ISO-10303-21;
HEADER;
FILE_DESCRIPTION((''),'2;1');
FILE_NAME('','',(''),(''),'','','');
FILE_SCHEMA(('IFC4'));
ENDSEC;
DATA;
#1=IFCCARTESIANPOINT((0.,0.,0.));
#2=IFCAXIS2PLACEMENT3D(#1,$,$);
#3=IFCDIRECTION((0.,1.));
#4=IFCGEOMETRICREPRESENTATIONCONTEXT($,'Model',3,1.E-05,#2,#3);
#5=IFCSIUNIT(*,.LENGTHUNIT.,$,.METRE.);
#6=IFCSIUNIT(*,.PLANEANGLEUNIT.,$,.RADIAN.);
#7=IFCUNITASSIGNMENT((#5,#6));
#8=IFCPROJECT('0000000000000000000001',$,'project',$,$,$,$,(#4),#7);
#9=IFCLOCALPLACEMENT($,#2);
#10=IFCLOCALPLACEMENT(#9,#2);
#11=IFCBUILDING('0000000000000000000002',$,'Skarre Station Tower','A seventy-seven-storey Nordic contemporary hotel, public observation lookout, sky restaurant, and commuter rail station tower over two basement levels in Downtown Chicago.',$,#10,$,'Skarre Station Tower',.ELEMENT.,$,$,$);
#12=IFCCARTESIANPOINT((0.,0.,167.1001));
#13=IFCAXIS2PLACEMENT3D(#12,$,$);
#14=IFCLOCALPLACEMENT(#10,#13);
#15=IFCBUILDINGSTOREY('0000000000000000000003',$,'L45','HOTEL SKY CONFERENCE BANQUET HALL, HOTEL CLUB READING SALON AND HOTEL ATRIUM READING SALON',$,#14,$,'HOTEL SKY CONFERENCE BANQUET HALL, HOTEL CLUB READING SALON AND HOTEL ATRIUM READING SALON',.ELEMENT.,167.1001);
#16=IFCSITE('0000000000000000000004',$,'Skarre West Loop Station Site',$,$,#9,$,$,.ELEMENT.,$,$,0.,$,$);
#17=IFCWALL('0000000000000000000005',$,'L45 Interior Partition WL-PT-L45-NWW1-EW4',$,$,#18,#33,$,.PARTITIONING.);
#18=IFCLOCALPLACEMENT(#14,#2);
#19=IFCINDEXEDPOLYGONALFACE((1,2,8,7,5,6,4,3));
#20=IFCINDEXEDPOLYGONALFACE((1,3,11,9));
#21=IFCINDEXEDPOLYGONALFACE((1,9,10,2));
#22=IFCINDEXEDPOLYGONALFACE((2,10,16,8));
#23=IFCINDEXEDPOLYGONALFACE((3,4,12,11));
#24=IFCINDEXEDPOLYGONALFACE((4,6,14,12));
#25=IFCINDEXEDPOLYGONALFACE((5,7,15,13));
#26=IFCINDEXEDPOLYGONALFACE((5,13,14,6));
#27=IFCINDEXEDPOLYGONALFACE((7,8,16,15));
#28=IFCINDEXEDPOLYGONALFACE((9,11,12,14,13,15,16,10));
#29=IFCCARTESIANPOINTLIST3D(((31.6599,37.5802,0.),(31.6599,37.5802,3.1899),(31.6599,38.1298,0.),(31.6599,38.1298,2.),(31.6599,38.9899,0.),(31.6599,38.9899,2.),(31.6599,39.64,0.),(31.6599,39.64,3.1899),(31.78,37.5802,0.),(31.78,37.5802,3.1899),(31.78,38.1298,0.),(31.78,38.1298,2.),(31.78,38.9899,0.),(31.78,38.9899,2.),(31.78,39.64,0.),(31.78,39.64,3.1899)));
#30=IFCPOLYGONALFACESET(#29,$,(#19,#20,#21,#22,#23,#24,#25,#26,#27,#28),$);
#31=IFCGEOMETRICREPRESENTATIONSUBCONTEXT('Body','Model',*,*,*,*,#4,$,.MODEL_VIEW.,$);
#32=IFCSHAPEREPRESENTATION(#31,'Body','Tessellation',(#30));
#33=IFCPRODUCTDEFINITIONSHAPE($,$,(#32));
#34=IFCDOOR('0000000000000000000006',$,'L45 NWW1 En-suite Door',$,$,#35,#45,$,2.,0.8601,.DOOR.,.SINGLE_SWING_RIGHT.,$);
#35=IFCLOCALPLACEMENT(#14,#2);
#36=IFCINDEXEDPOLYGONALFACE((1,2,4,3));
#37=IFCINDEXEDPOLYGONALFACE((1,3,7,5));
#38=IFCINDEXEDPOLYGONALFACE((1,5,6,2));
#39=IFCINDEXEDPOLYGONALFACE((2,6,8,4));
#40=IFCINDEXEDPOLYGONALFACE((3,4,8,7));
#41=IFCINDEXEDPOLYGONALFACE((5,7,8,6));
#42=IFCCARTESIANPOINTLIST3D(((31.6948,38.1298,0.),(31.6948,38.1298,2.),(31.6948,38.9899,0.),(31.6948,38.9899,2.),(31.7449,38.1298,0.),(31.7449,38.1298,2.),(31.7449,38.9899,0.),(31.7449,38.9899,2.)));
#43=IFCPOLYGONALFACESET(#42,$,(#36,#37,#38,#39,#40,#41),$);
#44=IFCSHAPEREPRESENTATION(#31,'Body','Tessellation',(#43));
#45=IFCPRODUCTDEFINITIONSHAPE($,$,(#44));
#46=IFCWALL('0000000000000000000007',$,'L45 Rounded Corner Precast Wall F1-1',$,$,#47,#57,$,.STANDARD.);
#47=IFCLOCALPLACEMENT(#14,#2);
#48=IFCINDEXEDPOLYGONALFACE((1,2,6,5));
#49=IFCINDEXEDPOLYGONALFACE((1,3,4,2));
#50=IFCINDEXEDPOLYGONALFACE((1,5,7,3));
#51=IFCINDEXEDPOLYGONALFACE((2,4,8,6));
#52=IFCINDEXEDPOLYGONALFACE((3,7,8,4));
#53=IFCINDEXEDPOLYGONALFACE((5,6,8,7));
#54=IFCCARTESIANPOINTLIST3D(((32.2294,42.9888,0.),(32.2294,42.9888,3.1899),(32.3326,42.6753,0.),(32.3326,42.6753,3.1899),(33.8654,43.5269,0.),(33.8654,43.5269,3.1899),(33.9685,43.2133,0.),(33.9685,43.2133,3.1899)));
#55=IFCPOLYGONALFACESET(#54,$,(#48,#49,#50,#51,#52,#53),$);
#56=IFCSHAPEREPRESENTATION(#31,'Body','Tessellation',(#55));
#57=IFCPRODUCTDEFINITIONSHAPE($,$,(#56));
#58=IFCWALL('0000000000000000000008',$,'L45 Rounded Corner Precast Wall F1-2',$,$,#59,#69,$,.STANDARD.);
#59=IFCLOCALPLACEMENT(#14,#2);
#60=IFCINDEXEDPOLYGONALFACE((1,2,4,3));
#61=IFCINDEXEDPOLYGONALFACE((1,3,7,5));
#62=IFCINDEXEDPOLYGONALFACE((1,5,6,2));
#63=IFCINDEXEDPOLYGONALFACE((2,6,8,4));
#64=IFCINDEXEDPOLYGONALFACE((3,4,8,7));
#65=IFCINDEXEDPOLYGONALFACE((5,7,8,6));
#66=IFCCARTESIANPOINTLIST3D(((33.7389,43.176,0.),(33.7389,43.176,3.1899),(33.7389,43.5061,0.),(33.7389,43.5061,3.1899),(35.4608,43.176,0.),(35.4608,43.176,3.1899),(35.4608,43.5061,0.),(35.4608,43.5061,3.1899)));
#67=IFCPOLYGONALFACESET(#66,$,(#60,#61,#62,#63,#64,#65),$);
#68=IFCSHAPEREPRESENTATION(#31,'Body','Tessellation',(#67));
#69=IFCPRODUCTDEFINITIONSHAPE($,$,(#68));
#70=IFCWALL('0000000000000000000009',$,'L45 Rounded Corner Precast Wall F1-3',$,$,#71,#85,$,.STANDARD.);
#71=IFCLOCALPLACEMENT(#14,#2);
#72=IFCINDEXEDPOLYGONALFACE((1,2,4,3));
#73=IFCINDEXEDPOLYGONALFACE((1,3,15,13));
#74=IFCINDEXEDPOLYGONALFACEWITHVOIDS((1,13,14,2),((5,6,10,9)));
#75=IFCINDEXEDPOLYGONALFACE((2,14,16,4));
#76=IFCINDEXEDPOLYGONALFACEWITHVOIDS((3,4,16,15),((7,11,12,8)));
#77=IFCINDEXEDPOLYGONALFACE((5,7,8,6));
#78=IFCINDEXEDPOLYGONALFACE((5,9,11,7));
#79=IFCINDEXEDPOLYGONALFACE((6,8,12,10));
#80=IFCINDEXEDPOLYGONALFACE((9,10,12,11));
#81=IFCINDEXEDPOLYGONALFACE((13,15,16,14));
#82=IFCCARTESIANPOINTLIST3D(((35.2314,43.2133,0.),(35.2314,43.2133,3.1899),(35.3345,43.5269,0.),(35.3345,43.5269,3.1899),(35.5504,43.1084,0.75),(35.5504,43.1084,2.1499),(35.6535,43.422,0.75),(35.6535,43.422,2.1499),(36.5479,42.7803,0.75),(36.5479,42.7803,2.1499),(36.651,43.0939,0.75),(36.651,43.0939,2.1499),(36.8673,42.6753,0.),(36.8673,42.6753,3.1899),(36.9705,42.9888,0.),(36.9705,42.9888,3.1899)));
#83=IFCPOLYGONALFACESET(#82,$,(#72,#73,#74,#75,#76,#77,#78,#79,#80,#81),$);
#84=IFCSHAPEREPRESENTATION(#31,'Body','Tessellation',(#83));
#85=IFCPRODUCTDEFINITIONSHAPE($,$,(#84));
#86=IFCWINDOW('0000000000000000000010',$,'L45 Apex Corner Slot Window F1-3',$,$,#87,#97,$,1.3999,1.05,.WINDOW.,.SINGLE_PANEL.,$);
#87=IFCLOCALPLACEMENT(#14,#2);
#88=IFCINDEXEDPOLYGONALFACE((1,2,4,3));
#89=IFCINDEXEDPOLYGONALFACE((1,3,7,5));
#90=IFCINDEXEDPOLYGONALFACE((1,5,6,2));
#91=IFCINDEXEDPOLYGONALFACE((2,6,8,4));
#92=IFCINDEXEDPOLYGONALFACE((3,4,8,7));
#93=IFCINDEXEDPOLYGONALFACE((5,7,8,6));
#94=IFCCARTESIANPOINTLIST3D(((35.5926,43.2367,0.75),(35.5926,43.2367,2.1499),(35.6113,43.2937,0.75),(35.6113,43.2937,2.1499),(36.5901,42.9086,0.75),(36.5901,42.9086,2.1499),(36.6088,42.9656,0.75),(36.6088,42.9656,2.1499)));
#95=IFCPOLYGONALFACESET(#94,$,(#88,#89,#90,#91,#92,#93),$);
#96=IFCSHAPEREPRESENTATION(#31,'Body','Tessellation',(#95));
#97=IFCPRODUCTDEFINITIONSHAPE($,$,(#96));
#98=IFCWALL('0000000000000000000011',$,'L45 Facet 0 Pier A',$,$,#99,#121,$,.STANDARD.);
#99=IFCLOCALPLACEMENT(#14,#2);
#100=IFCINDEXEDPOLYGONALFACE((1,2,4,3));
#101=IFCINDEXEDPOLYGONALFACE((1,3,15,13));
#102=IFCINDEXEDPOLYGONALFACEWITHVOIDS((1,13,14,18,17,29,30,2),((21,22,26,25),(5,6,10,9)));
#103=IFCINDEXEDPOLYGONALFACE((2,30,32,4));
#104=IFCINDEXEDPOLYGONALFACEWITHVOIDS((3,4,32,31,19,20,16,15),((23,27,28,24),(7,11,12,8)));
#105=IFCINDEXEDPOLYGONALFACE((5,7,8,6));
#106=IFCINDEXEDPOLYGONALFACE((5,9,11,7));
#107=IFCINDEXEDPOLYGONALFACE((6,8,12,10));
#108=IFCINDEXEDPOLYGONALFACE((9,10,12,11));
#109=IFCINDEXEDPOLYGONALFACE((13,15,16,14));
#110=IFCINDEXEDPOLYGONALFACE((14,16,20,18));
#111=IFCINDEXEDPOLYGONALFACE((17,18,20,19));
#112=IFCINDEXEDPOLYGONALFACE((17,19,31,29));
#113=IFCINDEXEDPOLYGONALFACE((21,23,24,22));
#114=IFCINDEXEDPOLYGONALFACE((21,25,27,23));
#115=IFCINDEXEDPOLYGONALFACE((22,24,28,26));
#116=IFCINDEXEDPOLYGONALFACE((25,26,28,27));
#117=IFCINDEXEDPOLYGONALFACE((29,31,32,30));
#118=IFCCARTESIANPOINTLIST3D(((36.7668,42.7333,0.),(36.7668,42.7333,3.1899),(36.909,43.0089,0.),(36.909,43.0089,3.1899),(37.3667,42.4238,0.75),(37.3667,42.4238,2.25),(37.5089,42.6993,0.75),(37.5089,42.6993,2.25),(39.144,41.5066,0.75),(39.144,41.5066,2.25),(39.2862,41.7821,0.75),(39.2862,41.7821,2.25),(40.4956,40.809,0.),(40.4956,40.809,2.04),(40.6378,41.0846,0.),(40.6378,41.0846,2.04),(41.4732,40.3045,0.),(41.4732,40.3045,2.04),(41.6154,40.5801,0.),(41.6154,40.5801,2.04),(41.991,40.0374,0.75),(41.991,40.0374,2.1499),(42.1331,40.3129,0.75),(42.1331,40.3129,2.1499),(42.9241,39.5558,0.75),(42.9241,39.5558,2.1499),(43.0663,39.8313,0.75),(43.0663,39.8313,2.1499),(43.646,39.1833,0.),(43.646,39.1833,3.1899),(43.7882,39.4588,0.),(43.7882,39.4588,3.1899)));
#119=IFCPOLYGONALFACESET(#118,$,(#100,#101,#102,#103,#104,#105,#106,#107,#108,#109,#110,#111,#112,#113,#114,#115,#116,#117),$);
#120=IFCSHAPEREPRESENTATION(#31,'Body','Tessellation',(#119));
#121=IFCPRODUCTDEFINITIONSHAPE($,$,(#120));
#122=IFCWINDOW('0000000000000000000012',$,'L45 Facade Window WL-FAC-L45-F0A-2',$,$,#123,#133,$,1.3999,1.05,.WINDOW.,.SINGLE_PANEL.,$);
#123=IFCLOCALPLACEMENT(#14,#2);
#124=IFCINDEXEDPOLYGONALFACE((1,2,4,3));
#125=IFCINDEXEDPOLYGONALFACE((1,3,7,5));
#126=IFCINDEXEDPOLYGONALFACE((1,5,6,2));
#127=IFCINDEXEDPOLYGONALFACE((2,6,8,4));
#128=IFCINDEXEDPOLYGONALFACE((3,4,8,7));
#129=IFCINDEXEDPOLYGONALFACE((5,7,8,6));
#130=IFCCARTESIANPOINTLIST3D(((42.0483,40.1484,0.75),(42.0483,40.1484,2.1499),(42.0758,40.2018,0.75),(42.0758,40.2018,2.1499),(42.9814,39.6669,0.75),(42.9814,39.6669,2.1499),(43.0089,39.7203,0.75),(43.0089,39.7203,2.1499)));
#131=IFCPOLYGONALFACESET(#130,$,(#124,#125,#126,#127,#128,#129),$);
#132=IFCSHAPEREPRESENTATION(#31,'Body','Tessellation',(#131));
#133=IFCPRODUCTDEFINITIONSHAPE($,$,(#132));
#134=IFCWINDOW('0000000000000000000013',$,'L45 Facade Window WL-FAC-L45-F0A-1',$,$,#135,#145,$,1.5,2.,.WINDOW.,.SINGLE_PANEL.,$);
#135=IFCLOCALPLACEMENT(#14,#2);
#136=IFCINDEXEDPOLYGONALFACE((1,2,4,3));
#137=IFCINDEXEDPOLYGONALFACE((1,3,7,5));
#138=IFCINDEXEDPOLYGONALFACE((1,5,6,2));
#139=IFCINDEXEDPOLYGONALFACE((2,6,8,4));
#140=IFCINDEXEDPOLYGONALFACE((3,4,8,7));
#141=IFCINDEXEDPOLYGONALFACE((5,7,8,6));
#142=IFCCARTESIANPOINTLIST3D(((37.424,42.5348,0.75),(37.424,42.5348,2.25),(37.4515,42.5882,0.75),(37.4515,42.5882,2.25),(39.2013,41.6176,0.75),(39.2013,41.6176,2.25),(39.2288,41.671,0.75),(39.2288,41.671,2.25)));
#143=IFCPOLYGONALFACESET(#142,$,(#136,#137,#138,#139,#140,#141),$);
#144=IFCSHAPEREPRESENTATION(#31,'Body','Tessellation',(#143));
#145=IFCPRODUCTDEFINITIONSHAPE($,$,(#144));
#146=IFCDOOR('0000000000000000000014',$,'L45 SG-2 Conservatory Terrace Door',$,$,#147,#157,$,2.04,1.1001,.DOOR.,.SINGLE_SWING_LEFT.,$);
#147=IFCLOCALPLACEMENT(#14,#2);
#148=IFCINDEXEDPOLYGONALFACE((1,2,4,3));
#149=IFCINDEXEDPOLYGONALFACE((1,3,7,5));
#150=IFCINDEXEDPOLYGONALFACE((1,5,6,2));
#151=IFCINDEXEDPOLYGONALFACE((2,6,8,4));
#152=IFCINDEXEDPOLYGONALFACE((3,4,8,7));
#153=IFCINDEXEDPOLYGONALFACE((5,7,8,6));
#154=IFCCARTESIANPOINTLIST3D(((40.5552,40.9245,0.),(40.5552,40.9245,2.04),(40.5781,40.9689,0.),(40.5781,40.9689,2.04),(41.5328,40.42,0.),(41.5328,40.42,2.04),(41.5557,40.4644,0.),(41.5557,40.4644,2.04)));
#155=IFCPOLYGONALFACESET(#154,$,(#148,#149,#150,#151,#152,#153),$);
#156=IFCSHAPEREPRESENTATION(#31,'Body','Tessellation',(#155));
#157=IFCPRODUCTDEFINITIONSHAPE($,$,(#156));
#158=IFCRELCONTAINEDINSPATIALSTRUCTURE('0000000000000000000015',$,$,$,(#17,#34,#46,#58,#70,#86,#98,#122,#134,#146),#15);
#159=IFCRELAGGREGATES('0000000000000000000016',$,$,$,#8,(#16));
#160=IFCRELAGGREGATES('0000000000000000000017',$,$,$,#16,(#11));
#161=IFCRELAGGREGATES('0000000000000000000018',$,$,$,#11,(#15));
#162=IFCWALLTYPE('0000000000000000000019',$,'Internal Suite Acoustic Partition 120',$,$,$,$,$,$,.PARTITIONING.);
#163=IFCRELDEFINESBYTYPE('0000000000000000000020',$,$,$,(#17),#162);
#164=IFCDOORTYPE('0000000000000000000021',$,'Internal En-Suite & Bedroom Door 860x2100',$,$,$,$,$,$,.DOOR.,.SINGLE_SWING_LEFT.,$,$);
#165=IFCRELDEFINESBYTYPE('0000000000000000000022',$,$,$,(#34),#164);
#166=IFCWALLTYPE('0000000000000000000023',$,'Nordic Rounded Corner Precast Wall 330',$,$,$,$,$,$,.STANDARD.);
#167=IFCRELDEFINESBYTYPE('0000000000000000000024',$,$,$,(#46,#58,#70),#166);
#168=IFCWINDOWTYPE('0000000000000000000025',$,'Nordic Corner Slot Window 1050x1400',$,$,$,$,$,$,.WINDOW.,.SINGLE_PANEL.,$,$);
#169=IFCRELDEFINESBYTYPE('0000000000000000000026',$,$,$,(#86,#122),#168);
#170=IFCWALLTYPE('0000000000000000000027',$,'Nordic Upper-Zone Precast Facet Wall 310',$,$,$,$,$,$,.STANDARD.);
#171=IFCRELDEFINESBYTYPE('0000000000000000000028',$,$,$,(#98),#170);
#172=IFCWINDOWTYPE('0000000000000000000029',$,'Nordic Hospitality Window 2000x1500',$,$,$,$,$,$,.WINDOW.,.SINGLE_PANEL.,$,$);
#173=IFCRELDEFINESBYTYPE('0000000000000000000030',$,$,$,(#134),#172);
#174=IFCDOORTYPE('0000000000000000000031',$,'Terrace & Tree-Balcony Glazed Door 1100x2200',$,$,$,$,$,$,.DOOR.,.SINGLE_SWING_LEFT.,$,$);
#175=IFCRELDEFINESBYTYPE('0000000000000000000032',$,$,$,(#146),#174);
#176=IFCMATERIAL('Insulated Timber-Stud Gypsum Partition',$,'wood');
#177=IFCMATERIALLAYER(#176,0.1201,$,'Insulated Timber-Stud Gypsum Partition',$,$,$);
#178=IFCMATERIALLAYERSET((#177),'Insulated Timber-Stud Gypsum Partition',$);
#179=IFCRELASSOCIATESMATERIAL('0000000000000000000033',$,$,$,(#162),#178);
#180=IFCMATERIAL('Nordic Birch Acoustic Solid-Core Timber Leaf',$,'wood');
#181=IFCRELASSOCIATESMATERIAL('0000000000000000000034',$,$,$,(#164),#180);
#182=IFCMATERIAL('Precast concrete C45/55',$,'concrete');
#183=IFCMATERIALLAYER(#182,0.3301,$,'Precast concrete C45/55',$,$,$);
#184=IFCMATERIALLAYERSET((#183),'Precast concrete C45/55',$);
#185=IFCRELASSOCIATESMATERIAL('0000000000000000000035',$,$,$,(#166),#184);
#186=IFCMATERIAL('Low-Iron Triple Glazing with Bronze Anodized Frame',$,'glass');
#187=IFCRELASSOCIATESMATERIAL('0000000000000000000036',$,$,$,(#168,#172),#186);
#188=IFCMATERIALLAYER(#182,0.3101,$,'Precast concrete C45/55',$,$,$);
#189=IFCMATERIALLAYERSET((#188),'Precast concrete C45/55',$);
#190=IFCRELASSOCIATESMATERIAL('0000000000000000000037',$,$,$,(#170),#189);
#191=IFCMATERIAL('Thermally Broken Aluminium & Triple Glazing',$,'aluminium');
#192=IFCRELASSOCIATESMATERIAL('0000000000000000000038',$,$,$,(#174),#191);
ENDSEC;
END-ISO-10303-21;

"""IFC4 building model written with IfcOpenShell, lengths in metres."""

from ifc_helpers import new_model, si_unit, direction, frame, frame_2d, origin, place, context, subcontext, project, spatial, rectangle, extrude, material, layer, layer_set, type_object, element, fill, save


model = new_model("IFC4")

# Units and contexts
model_context = context("Model", 3, precision=1e-05, world=origin(), true_north=direction((0.0, 1.0)))
body_context = subcontext(model_context, "Body", "Model", "MODEL_VIEW")
ifc_project = project(units=[si_unit("LENGTHUNIT", "METRE"), si_unit("PLANEANGLEUNIT", "RADIAN")], contexts=[model_context])

# Site, building, storey
site_placement = place(None, origin())
site = spatial("IfcSite", under=ifc_project, at=site_placement, Name="Skarre West Loop Station Site", CompositionType="ELEMENT", RefElevation=0.0)
building_placement = place(site_placement, origin())
building = spatial("IfcBuilding", under=site, at=building_placement, Name="Skarre Station Tower", Description="A seventy-seven-storey Nordic contemporary hotel, public observation lookout, sky restaurant, and commuter rail station tower over two basement levels in Downtown Chicago.", LongName="Skarre Station Tower", CompositionType="ELEMENT")
storey_placement = place(building_placement, frame((0.0, 0.0, 167.1001)))
storey = spatial("IfcBuildingStorey", under=building, at=storey_placement, Name="L45", Description="HOTEL SKY CONFERENCE BANQUET HALL, HOTEL CLUB READING SALON AND HOTEL ATRIUM READING SALON", LongName="HOTEL SKY CONFERENCE BANQUET HALL, HOTEL CLUB READING SALON AND HOTEL ATRIUM READING SALON", CompositionType="ELEMENT", Elevation=167.1001)

# Shared definitions
ifc_material_1 = material(Name="Insulated Timber-Stud Gypsum Partition", Category="wood")
ifc_layer_1 = layer(ifc_material_1, 0.1201, Name="Insulated Timber-Stud Gypsum Partition")
ifc_layer_set_1 = layer_set([ifc_layer_1], Name="Insulated Timber-Stud Gypsum Partition")
wall_type_1 = type_object("IfcWallType", Name="Internal Suite Acoustic Partition 120", PredefinedType="PARTITIONING", material=ifc_layer_set_1)

# Wall, opening, door
wall_1_placement = place(storey_placement, frame((31.72, 39.6399, 0.0), z_axis=(0.0, 0.0, 1.0), x_axis=(0.0, -1.0, 0.0)))
wall_1 = element("IfcWall", 1, at=wall_1_placement, inside=storey, type_object=wall_type_1, Name="L45 Interior Partition WL-PT-L45-NWW1-EW4", PredefinedType="PARTITIONING", context=body_context, shape_type="SweptSolid", body=[
    extrude(rectangle(XDim=2.0598, YDim=0.1201, at=frame_2d((1.0298, 0.0))), origin(), (0.0, 0.0, 1.0), 3.1899),
])
opening_1_placement = place(wall_1_placement, frame((0.6499, 0.0, 0.0)))
opening_1 = element("IfcOpeningElement", 2, at=opening_1_placement, cuts=wall_1, PredefinedType="OPENING", context=body_context, shape_type="SweptSolid", body=[
    extrude(rectangle(XDim=0.8601, YDim=2.0, at=frame_2d((0.4302, 1.0))), frame((0.0, 0.0701, 0.0), z_axis=(0.0, -1.0, 0.0), x_axis=(1.0, 0.0, 0.0)), (0.0, 0.0, 1.0), 0.1401),
])
ifc_material_2 = material(Name="Nordic Birch Acoustic Solid-Core Timber Leaf", Category="wood")
door_type_1 = type_object("IfcDoorType", Name="Internal En-Suite & Bedroom Door 860x2100", OperationType="SINGLE_SWING_LEFT", PredefinedType="DOOR", material=ifc_material_2)
door_1_placement = place(opening_1_placement, origin())
door_1 = element("IfcDoor", 3, at=door_1_placement, inside=storey, type_object=door_type_1, Name="L45 NWW1 En-suite Door", OperationType="SINGLE_SWING_RIGHT", OverallHeight=2.0, OverallWidth=0.8601, PredefinedType="DOOR", context=body_context, shape_type="SweptSolid", body=[
    extrude(rectangle(XDim=0.8601, YDim=2.0, at=frame_2d((0.4302, 1.0))), frame((0.0, 0.0249, 0.0), z_axis=(0.0, -1.0, 0.0), x_axis=(1.0, 0.0, 0.0)), (0.0, 0.0, 1.0), 0.05),
])
fill(opening_1, door_1)

# Walls
ifc_material_3 = material(Name="Precast concrete C45/55", Category="concrete")
ifc_layer_2 = layer(ifc_material_3, 0.3301, Name="Precast concrete C45/55")
ifc_layer_set_2 = layer_set([ifc_layer_2], Name="Precast concrete C45/55")
wall_type_2 = type_object("IfcWallType", Name="Nordic Rounded Corner Precast Wall 330", PredefinedType="STANDARD", material=ifc_layer_set_2)
wall_2_placement = place(storey_placement, frame((32.281, 42.832, 0.0), z_axis=(0.0, 0.0, 1.0), x_axis=(0.949937, 0.31244, 0.0)))
element("IfcWall", 4, at=wall_2_placement, inside=storey, type_object=wall_type_2, Name="L45 Rounded Corner Precast Wall F1-1", PredefinedType="STANDARD", context=body_context, shape_type="SweptSolid", body=[
    extrude(rectangle(XDim=1.7222, YDim=0.3301, at=frame_2d((0.8611, 0.0))), origin(), (0.0, 0.0, 1.0), 3.1899),
])
wall_3_placement = place(storey_placement, frame((33.739, 43.3411, 0.0), z_axis=(0.0, 0.0, 1.0), x_axis=(1.0, 0.0, 0.0)))
element("IfcWall", 5, at=wall_3_placement, inside=storey, type_object=wall_type_2, Name="L45 Rounded Corner Precast Wall F1-2", PredefinedType="STANDARD", context=body_context, shape_type="SweptSolid", body=[
    extrude(rectangle(XDim=1.7219, YDim=0.3301, at=frame_2d((0.8608, 0.0))), origin(), (0.0, 0.0, 1.0), 3.1899),
])

# Wall, opening, window
wall_4_placement = place(storey_placement, frame((35.283, 43.3701, 0.0), z_axis=(0.0, 0.0, 1.0), x_axis=(0.949937, -0.31244, 0.0)))
wall_4 = element("IfcWall", 6, at=wall_4_placement, inside=storey, type_object=wall_type_2, Name="L45 Rounded Corner Precast Wall F1-3", PredefinedType="STANDARD", context=body_context, shape_type="SweptSolid", body=[
    extrude(rectangle(XDim=1.7222, YDim=0.3301, at=frame_2d((0.8611, 0.0))), origin(), (0.0, 0.0, 1.0), 3.1899),
])
opening_2_placement = place(wall_4_placement, frame((0.3359, 0.0, 0.75)))
opening_2 = element("IfcOpeningElement", 7, at=opening_2_placement, cuts=wall_4, PredefinedType="OPENING", context=body_context, shape_type="SweptSolid", body=[
    extrude(rectangle(XDim=1.05, YDim=1.3999, at=frame_2d((0.5249, 0.7))), frame((0.0, 0.175, 0.0), z_axis=(0.0, -1.0, 0.0), x_axis=(1.0, 0.0, 0.0)), (0.0, 0.0, 1.0), 0.3501),
])
ifc_material_4 = material(Name="Low-Iron Triple Glazing with Bronze Anodized Frame", Category="glass")
window_type_1 = type_object("IfcWindowType", Name="Nordic Corner Slot Window 1050x1400", PartitioningType="SINGLE_PANEL", PredefinedType="WINDOW", material=ifc_material_4)
window_1_placement = place(opening_2_placement, origin())
window_1 = element("IfcWindow", 8, at=window_1_placement, inside=storey, type_object=window_type_1, Name="L45 Apex Corner Slot Window F1-3", OverallHeight=1.3999, OverallWidth=1.05, PartitioningType="SINGLE_PANEL", PredefinedType="WINDOW", context=body_context, shape_type="SweptSolid", body=[
    extrude(rectangle(XDim=1.05, YDim=1.3999, at=frame_2d((0.5249, 0.7))), frame((0.0, 0.03, 0.0), z_axis=(0.0, -1.0, 0.0), x_axis=(1.0, 0.0, 0.0)), (0.0, 0.0, 1.0), 0.0601),
])
fill(opening_2, window_1)

# Wall, openings, windows, door
ifc_layer_3 = layer(ifc_material_3, 0.3101, Name="Precast concrete C45/55")
ifc_layer_set_3 = layer_set([ifc_layer_3], Name="Precast concrete C45/55")
wall_type_3 = type_object("IfcWallType", Name="Nordic Upper-Zone Precast Facet Wall 310", PredefinedType="STANDARD", material=ifc_layer_set_3)
wall_5_placement = place(storey_placement, frame((36.8379, 42.8711, 0.0), z_axis=(0.0, 0.0, 1.0), x_axis=(0.888646, -0.458594, 0.0)))
wall_5 = element("IfcWall", 9, at=wall_5_placement, inside=storey, type_object=wall_type_3, Name="L45 Facet 0 Pier A", PredefinedType="STANDARD", context=body_context, shape_type="SweptSolid", body=[
    extrude(rectangle(XDim=7.7412, YDim=0.3101, at=frame_2d((3.8706, 0.0))), origin(), (0.0, 0.0, 1.0), 3.1899),
])
opening_3_placement = place(wall_5_placement, frame((4.196, 0.0, 0.0)))
opening_3 = element("IfcOpeningElement", 10, at=opening_3_placement, cuts=wall_5, PredefinedType="OPENING", context=body_context, shape_type="SweptSolid", body=[
    extrude(rectangle(XDim=1.1001, YDim=2.04, at=frame_2d((0.55, 1.02))), frame((0.0, 0.165, 0.0), z_axis=(0.0, -1.0, 0.0), x_axis=(1.0, 0.0, 0.0)), (0.0, 0.0, 1.0), 0.3301),
])
opening_4_placement = place(wall_5_placement, frame((0.675, 0.0, 0.75)))
opening_4 = element("IfcOpeningElement", 11, at=opening_4_placement, cuts=wall_5, PredefinedType="OPENING", context=body_context, shape_type="SweptSolid", body=[
    extrude(rectangle(XDim=2.0, YDim=1.5, at=frame_2d((1.0, 0.75))), frame((0.0, 0.165, 0.0), z_axis=(0.0, -1.0, 0.0), x_axis=(1.0, 0.0, 0.0)), (0.0, 0.0, 1.0), 0.3301),
])
opening_5_placement = place(wall_5_placement, frame((5.8789, 0.0, 0.75)))
opening_5 = element("IfcOpeningElement", 12, at=opening_5_placement, cuts=wall_5, PredefinedType="OPENING", context=body_context, shape_type="SweptSolid", body=[
    extrude(rectangle(XDim=1.05, YDim=1.3999, at=frame_2d((0.5249, 0.7))), frame((0.0, 0.165, 0.0), z_axis=(0.0, -1.0, 0.0), x_axis=(1.0, 0.0, 0.0)), (0.0, 0.0, 1.0), 0.3301),
])
window_2_placement = place(opening_5_placement, origin())
window_2 = element("IfcWindow", 13, at=window_2_placement, inside=storey, type_object=window_type_1, Name="L45 Facade Window WL-FAC-L45-F0A-2", OverallHeight=1.3999, OverallWidth=1.05, PartitioningType="SINGLE_PANEL", PredefinedType="WINDOW", context=body_context, shape_type="SweptSolid", body=[
    extrude(rectangle(XDim=1.05, YDim=1.3999, at=frame_2d((0.5249, 0.7))), frame((0.0, 0.03, 0.0), z_axis=(0.0, -1.0, 0.0), x_axis=(1.0, 0.0, 0.0)), (0.0, 0.0, 1.0), 0.0601),
])
fill(opening_5, window_2)
window_type_2 = type_object("IfcWindowType", Name="Nordic Hospitality Window 2000x1500", PartitioningType="SINGLE_PANEL", PredefinedType="WINDOW", material=ifc_material_4)
window_3_placement = place(opening_4_placement, origin())
window_3 = element("IfcWindow", 14, at=window_3_placement, inside=storey, type_object=window_type_2, Name="L45 Facade Window WL-FAC-L45-F0A-1", OverallHeight=1.5, OverallWidth=2.0, PartitioningType="SINGLE_PANEL", PredefinedType="WINDOW", context=body_context, shape_type="SweptSolid", body=[
    extrude(rectangle(XDim=2.0, YDim=1.5, at=frame_2d((1.0, 0.75))), frame((0.0, 0.03, 0.0), z_axis=(0.0, -1.0, 0.0), x_axis=(1.0, 0.0, 0.0)), (0.0, 0.0, 1.0), 0.0601),
])
fill(opening_4, window_3)
ifc_material_5 = material(Name="Thermally Broken Aluminium & Triple Glazing", Category="aluminium")
door_type_2 = type_object("IfcDoorType", Name="Terrace & Tree-Balcony Glazed Door 1100x2200", OperationType="SINGLE_SWING_LEFT", PredefinedType="DOOR", material=ifc_material_5)
door_2_placement = place(opening_3_placement, origin())
door_2 = element("IfcDoor", 15, at=door_2_placement, inside=storey, type_object=door_type_2, Name="L45 SG-2 Conservatory Terrace Door", OperationType="SINGLE_SWING_LEFT", OverallHeight=2.04, OverallWidth=1.1001, PredefinedType="DOOR", context=body_context, shape_type="SweptSolid", body=[
    extrude(rectangle(XDim=1.1001, YDim=2.04, at=frame_2d((0.55, 1.02))), frame((0.0, 0.0249, 0.0), z_axis=(0.0, -1.0, 0.0), x_axis=(1.0, 0.0, 0.0)), (0.0, 0.0, 1.0), 0.05),
])
fill(opening_3, door_2)

save(model, "model.ifc")
